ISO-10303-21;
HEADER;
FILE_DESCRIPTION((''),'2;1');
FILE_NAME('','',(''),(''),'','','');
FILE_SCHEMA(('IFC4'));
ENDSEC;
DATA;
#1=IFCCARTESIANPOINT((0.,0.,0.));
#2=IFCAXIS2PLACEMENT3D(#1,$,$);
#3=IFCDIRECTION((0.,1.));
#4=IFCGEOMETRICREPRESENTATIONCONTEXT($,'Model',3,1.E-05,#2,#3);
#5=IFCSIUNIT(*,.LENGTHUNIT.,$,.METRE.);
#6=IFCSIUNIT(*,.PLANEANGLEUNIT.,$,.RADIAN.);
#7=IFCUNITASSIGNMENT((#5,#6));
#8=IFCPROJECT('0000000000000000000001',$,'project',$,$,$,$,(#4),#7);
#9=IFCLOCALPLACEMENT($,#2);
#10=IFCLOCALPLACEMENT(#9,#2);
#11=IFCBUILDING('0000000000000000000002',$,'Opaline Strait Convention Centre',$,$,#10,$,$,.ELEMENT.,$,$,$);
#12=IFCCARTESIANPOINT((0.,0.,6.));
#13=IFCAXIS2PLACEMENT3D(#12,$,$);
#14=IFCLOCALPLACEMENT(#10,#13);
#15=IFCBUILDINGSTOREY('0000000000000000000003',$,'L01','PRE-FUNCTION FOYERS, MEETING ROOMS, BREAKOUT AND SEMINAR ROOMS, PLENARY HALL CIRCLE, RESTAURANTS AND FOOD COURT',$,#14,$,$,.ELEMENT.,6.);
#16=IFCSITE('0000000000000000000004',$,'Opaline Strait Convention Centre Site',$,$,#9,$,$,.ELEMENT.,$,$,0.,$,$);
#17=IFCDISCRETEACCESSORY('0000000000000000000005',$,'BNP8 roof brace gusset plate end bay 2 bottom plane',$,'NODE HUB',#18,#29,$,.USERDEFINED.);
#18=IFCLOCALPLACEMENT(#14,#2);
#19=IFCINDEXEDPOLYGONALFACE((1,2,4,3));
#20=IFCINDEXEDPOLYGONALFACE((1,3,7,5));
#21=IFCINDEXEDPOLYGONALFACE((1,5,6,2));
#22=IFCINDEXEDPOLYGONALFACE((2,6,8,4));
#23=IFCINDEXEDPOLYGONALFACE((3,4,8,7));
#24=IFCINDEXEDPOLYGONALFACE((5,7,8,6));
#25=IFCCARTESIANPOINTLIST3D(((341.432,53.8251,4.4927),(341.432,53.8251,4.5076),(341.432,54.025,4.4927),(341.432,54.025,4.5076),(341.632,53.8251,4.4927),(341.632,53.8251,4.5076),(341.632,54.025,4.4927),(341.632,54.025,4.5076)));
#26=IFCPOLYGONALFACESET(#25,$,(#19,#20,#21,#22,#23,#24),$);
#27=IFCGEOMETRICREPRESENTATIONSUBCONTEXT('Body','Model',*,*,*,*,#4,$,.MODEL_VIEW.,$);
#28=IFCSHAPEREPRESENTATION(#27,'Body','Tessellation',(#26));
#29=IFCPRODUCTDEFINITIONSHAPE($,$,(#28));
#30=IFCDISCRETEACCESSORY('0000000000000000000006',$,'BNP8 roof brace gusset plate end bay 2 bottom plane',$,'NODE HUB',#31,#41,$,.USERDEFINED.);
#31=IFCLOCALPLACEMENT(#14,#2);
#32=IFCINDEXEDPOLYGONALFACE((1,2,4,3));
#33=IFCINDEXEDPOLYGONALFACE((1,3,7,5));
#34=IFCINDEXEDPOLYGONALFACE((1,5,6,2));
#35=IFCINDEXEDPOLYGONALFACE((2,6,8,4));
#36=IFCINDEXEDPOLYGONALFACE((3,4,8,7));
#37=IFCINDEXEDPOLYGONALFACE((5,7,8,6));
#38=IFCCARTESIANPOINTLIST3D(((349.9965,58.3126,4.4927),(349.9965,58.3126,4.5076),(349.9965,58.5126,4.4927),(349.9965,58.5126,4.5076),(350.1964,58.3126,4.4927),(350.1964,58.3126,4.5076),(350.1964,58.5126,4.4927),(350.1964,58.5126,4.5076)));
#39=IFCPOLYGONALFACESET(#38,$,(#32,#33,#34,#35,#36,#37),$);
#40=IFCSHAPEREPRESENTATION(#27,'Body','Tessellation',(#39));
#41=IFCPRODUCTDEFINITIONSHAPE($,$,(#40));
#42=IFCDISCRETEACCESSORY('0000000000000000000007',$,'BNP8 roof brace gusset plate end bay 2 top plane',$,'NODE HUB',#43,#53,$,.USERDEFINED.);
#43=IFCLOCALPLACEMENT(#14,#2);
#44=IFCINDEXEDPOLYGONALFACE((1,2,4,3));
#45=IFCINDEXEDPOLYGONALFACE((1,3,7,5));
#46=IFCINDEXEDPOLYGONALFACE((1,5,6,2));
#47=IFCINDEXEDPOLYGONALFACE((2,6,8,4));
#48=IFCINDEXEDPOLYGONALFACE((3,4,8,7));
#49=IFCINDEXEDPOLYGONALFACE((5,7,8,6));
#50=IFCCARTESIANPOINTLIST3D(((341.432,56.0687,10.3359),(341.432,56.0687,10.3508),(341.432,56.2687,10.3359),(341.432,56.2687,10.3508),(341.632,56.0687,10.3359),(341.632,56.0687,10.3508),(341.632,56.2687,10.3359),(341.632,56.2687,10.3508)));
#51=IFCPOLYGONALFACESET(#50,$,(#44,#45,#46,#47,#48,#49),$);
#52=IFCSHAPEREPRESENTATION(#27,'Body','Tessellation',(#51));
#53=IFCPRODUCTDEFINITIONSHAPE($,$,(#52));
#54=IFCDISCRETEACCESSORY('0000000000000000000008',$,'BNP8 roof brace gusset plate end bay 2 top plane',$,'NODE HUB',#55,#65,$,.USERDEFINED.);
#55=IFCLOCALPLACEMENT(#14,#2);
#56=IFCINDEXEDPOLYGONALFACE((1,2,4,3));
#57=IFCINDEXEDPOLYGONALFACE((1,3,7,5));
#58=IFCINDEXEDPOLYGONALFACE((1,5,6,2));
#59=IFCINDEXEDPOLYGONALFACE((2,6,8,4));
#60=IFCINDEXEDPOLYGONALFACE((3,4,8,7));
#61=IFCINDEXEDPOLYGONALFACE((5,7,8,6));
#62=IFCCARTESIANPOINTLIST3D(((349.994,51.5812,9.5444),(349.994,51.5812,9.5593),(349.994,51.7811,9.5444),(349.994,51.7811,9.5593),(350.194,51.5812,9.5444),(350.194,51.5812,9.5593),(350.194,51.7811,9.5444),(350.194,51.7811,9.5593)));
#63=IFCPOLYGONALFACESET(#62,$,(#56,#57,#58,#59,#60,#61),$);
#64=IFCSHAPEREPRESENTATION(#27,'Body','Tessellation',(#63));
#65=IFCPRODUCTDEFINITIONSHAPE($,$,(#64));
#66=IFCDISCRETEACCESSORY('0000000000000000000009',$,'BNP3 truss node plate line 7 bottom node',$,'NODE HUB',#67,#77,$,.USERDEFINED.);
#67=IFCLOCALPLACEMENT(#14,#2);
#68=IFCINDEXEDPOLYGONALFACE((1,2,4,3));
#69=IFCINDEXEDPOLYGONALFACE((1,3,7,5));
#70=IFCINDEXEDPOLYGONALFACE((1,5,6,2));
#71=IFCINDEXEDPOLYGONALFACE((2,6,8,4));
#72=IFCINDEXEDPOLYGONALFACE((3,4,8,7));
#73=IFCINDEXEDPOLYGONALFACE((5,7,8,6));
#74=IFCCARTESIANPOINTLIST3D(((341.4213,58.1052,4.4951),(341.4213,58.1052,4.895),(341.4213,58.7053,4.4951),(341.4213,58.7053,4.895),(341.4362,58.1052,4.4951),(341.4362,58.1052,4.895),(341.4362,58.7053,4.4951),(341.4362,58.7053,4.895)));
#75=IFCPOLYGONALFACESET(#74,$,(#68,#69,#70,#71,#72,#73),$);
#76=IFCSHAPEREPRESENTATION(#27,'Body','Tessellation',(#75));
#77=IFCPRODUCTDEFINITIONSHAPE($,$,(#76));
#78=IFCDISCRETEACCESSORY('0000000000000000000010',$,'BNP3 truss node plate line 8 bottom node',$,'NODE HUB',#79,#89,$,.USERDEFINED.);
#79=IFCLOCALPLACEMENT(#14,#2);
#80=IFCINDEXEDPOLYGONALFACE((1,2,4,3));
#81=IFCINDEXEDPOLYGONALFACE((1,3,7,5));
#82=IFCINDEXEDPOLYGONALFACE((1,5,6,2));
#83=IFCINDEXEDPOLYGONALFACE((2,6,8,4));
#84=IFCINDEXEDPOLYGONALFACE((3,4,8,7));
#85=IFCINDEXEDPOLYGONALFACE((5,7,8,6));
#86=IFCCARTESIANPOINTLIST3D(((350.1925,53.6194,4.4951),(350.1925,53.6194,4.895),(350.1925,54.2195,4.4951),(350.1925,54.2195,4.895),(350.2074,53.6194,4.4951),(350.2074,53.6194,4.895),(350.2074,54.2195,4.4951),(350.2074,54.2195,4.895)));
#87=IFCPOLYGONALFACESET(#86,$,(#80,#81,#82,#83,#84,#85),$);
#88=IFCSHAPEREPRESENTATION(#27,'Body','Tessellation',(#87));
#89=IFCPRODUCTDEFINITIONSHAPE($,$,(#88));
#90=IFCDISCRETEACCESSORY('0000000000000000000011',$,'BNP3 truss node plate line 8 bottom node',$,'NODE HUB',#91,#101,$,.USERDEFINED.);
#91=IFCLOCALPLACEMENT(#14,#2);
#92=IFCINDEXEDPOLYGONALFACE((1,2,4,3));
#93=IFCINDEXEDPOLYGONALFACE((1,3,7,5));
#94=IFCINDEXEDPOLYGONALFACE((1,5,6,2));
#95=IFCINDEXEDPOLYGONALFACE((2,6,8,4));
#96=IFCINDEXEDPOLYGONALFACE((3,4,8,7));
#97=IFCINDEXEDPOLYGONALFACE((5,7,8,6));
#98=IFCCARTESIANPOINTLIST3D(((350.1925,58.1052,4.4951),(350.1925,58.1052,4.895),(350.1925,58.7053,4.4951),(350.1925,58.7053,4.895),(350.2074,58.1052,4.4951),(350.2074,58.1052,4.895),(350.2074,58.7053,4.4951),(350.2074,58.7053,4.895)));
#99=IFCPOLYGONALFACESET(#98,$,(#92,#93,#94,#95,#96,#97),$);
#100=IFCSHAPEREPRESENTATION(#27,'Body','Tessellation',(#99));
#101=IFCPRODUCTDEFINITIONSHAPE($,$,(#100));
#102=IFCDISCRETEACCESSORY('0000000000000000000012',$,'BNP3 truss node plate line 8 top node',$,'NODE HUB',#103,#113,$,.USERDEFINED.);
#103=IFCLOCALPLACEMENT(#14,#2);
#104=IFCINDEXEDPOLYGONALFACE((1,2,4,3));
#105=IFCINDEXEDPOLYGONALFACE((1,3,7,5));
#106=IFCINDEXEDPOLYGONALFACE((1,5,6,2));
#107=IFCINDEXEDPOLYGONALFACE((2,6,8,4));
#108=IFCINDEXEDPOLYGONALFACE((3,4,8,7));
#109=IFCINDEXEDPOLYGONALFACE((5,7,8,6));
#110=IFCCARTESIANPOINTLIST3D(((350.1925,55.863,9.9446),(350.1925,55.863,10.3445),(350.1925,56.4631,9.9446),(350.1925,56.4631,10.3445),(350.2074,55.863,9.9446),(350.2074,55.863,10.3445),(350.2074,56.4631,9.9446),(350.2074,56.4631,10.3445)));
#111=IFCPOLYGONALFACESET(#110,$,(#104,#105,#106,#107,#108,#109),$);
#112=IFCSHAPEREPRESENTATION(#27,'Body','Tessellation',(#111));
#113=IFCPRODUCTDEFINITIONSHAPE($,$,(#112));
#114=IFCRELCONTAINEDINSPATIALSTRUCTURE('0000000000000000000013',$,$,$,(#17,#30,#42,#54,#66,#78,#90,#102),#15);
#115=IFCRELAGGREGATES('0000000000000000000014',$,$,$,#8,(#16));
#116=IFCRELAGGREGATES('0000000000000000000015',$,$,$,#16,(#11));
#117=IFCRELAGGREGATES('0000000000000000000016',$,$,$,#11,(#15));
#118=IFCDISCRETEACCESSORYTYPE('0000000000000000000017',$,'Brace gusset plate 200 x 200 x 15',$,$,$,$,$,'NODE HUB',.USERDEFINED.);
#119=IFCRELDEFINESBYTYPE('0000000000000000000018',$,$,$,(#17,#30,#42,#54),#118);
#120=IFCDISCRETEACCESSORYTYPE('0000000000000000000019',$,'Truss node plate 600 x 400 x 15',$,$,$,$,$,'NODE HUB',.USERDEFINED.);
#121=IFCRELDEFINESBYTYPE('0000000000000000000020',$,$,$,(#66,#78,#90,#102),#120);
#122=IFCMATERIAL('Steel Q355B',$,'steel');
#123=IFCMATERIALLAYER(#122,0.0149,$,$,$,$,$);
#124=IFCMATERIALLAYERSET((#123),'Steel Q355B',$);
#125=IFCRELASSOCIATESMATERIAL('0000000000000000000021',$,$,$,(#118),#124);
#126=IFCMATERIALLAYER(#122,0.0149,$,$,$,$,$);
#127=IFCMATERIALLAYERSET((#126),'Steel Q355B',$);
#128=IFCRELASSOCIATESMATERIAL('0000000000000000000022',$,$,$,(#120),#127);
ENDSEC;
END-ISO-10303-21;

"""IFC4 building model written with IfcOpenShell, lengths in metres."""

from ifc_helpers import new_model, si_unit, direction, frame, origin, origin_2d, place, context, subcontext, project, spatial, rectangle, extrude, material, layer, layer_set, type_object, element, save


model = new_model("IFC4")

# Units and contexts
model_context = context("Model", 3, precision=1e-05, world=origin(), true_north=direction((0.0, 1.0)))
body_context = subcontext(model_context, "Body", "Model", "MODEL_VIEW")
ifc_project = project(units=[si_unit("LENGTHUNIT", "METRE"), si_unit("PLANEANGLEUNIT", "RADIAN")], contexts=[model_context])

# Site, building, storey
site_placement = place(None, origin())
site = spatial("IfcSite", under=ifc_project, at=site_placement, Name="Opaline Strait Convention Centre Site", CompositionType="ELEMENT", RefElevation=0.0)
building_placement = place(site_placement, origin())
building = spatial("IfcBuilding", under=site, at=building_placement, Name="Opaline Strait Convention Centre", CompositionType="ELEMENT")
storey_placement = place(building_placement, frame((0.0, 0.0, 6.0)))
storey = spatial("IfcBuildingStorey", under=building, at=storey_placement, Name="L01", Description="PRE-FUNCTION FOYERS, MEETING ROOMS, BREAKOUT AND SEMINAR ROOMS, PLENARY HALL CIRCLE, RESTAURANTS AND FOOD COURT", CompositionType="ELEMENT", Elevation=6.0)

# Shared definitions
ifc_material_1 = material(Name="Steel Q355B", Category="steel")

# Discrete accessories
ifc_layer_1 = layer(ifc_material_1, 0.0149)
ifc_layer_set_1 = layer_set([ifc_layer_1], Name="Steel Q355B")
discrete_accessory_type_1 = type_object("IfcDiscreteAccessoryType", Name="Brace gusset plate 200 x 200 x 15", ElementType="NODE HUB", PredefinedType="USERDEFINED", material=ifc_layer_set_1)
for number, where, z_axis, x_axis, name in (
    (1, (341.532, 53.925, 4.4927), (0.0, 0.0, 1.0), (1.0, 0.0, 0.0), "BNP8 roof brace gusset plate end bay 2 bottom plane"),
    (2, (350.0964, 58.4126, 4.4927), (0.0, 0.0, 1.0), (1.0, 0.0, 0.0), "BNP8 roof brace gusset plate end bay 2 bottom plane"),
    (3, (341.532, 56.1687, 10.3359), (0.0, 0.0, 1.0), (1.0, 0.0, 0.0), "BNP8 roof brace gusset plate end bay 2 top plane"),
    (4, (350.094, 51.6812, 9.5444), (0.0, 0.0, 1.0), (1.0, 0.0, 0.0), "BNP8 roof brace gusset plate end bay 2 top plane"),
):
    element("IfcDiscreteAccessory", number, at=place(storey_placement, frame(where, z_axis=z_axis, x_axis=x_axis)), inside=storey, type_object=discrete_accessory_type_1, Name=name, ObjectType="NODE HUB", PredefinedType="USERDEFINED", context=body_context, shape_type="SweptSolid", body=[
        extrude(rectangle(XDim=0.2, YDim=0.2, at=origin_2d()), origin(), (0.0, 0.0, 1.0), 0.0149),
    ])
ifc_layer_2 = layer(ifc_material_1, 0.0149)
ifc_layer_set_2 = layer_set([ifc_layer_2], Name="Steel Q355B")
discrete_accessory_type_2 = type_object("IfcDiscreteAccessoryType", Name="Truss node plate 600 x 400 x 15", ElementType="NODE HUB", PredefinedType="USERDEFINED", material=ifc_layer_set_2)
for number, where, z_axis, x_axis, name in (
    (5, (341.4287, 58.4053, 4.4951), (0.0, 0.0, 1.0), (1.0, 0.0, 0.0), "BNP3 truss node plate line 7 bottom node"),
    (6, (350.2, 53.9194, 4.4951), (0.0, 0.0, 1.0), (1.0, 0.0, 0.0), "BNP3 truss node plate line 8 bottom node"),
    (7, (350.2, 58.4053, 4.4951), (0.0, 0.0, 1.0), (1.0, 0.0, 0.0), "BNP3 truss node plate line 8 bottom node"),
    (8, (350.2, 56.1631, 9.9446), (0.0, 0.0, 1.0), (1.0, 0.0, 0.0), "BNP3 truss node plate line 8 top node"),
):
    element("IfcDiscreteAccessory", number, at=place(storey_placement, frame(where, z_axis=z_axis, x_axis=x_axis)), inside=storey, type_object=discrete_accessory_type_2, Name=name, ObjectType="NODE HUB", PredefinedType="USERDEFINED", context=body_context, shape_type="SweptSolid", body=[
        extrude(rectangle(XDim=0.0149, YDim=0.6001, at=origin_2d()), origin(), (0.0, 0.0, 1.0), 0.3999),
    ])

save(model, "model.ifc")
